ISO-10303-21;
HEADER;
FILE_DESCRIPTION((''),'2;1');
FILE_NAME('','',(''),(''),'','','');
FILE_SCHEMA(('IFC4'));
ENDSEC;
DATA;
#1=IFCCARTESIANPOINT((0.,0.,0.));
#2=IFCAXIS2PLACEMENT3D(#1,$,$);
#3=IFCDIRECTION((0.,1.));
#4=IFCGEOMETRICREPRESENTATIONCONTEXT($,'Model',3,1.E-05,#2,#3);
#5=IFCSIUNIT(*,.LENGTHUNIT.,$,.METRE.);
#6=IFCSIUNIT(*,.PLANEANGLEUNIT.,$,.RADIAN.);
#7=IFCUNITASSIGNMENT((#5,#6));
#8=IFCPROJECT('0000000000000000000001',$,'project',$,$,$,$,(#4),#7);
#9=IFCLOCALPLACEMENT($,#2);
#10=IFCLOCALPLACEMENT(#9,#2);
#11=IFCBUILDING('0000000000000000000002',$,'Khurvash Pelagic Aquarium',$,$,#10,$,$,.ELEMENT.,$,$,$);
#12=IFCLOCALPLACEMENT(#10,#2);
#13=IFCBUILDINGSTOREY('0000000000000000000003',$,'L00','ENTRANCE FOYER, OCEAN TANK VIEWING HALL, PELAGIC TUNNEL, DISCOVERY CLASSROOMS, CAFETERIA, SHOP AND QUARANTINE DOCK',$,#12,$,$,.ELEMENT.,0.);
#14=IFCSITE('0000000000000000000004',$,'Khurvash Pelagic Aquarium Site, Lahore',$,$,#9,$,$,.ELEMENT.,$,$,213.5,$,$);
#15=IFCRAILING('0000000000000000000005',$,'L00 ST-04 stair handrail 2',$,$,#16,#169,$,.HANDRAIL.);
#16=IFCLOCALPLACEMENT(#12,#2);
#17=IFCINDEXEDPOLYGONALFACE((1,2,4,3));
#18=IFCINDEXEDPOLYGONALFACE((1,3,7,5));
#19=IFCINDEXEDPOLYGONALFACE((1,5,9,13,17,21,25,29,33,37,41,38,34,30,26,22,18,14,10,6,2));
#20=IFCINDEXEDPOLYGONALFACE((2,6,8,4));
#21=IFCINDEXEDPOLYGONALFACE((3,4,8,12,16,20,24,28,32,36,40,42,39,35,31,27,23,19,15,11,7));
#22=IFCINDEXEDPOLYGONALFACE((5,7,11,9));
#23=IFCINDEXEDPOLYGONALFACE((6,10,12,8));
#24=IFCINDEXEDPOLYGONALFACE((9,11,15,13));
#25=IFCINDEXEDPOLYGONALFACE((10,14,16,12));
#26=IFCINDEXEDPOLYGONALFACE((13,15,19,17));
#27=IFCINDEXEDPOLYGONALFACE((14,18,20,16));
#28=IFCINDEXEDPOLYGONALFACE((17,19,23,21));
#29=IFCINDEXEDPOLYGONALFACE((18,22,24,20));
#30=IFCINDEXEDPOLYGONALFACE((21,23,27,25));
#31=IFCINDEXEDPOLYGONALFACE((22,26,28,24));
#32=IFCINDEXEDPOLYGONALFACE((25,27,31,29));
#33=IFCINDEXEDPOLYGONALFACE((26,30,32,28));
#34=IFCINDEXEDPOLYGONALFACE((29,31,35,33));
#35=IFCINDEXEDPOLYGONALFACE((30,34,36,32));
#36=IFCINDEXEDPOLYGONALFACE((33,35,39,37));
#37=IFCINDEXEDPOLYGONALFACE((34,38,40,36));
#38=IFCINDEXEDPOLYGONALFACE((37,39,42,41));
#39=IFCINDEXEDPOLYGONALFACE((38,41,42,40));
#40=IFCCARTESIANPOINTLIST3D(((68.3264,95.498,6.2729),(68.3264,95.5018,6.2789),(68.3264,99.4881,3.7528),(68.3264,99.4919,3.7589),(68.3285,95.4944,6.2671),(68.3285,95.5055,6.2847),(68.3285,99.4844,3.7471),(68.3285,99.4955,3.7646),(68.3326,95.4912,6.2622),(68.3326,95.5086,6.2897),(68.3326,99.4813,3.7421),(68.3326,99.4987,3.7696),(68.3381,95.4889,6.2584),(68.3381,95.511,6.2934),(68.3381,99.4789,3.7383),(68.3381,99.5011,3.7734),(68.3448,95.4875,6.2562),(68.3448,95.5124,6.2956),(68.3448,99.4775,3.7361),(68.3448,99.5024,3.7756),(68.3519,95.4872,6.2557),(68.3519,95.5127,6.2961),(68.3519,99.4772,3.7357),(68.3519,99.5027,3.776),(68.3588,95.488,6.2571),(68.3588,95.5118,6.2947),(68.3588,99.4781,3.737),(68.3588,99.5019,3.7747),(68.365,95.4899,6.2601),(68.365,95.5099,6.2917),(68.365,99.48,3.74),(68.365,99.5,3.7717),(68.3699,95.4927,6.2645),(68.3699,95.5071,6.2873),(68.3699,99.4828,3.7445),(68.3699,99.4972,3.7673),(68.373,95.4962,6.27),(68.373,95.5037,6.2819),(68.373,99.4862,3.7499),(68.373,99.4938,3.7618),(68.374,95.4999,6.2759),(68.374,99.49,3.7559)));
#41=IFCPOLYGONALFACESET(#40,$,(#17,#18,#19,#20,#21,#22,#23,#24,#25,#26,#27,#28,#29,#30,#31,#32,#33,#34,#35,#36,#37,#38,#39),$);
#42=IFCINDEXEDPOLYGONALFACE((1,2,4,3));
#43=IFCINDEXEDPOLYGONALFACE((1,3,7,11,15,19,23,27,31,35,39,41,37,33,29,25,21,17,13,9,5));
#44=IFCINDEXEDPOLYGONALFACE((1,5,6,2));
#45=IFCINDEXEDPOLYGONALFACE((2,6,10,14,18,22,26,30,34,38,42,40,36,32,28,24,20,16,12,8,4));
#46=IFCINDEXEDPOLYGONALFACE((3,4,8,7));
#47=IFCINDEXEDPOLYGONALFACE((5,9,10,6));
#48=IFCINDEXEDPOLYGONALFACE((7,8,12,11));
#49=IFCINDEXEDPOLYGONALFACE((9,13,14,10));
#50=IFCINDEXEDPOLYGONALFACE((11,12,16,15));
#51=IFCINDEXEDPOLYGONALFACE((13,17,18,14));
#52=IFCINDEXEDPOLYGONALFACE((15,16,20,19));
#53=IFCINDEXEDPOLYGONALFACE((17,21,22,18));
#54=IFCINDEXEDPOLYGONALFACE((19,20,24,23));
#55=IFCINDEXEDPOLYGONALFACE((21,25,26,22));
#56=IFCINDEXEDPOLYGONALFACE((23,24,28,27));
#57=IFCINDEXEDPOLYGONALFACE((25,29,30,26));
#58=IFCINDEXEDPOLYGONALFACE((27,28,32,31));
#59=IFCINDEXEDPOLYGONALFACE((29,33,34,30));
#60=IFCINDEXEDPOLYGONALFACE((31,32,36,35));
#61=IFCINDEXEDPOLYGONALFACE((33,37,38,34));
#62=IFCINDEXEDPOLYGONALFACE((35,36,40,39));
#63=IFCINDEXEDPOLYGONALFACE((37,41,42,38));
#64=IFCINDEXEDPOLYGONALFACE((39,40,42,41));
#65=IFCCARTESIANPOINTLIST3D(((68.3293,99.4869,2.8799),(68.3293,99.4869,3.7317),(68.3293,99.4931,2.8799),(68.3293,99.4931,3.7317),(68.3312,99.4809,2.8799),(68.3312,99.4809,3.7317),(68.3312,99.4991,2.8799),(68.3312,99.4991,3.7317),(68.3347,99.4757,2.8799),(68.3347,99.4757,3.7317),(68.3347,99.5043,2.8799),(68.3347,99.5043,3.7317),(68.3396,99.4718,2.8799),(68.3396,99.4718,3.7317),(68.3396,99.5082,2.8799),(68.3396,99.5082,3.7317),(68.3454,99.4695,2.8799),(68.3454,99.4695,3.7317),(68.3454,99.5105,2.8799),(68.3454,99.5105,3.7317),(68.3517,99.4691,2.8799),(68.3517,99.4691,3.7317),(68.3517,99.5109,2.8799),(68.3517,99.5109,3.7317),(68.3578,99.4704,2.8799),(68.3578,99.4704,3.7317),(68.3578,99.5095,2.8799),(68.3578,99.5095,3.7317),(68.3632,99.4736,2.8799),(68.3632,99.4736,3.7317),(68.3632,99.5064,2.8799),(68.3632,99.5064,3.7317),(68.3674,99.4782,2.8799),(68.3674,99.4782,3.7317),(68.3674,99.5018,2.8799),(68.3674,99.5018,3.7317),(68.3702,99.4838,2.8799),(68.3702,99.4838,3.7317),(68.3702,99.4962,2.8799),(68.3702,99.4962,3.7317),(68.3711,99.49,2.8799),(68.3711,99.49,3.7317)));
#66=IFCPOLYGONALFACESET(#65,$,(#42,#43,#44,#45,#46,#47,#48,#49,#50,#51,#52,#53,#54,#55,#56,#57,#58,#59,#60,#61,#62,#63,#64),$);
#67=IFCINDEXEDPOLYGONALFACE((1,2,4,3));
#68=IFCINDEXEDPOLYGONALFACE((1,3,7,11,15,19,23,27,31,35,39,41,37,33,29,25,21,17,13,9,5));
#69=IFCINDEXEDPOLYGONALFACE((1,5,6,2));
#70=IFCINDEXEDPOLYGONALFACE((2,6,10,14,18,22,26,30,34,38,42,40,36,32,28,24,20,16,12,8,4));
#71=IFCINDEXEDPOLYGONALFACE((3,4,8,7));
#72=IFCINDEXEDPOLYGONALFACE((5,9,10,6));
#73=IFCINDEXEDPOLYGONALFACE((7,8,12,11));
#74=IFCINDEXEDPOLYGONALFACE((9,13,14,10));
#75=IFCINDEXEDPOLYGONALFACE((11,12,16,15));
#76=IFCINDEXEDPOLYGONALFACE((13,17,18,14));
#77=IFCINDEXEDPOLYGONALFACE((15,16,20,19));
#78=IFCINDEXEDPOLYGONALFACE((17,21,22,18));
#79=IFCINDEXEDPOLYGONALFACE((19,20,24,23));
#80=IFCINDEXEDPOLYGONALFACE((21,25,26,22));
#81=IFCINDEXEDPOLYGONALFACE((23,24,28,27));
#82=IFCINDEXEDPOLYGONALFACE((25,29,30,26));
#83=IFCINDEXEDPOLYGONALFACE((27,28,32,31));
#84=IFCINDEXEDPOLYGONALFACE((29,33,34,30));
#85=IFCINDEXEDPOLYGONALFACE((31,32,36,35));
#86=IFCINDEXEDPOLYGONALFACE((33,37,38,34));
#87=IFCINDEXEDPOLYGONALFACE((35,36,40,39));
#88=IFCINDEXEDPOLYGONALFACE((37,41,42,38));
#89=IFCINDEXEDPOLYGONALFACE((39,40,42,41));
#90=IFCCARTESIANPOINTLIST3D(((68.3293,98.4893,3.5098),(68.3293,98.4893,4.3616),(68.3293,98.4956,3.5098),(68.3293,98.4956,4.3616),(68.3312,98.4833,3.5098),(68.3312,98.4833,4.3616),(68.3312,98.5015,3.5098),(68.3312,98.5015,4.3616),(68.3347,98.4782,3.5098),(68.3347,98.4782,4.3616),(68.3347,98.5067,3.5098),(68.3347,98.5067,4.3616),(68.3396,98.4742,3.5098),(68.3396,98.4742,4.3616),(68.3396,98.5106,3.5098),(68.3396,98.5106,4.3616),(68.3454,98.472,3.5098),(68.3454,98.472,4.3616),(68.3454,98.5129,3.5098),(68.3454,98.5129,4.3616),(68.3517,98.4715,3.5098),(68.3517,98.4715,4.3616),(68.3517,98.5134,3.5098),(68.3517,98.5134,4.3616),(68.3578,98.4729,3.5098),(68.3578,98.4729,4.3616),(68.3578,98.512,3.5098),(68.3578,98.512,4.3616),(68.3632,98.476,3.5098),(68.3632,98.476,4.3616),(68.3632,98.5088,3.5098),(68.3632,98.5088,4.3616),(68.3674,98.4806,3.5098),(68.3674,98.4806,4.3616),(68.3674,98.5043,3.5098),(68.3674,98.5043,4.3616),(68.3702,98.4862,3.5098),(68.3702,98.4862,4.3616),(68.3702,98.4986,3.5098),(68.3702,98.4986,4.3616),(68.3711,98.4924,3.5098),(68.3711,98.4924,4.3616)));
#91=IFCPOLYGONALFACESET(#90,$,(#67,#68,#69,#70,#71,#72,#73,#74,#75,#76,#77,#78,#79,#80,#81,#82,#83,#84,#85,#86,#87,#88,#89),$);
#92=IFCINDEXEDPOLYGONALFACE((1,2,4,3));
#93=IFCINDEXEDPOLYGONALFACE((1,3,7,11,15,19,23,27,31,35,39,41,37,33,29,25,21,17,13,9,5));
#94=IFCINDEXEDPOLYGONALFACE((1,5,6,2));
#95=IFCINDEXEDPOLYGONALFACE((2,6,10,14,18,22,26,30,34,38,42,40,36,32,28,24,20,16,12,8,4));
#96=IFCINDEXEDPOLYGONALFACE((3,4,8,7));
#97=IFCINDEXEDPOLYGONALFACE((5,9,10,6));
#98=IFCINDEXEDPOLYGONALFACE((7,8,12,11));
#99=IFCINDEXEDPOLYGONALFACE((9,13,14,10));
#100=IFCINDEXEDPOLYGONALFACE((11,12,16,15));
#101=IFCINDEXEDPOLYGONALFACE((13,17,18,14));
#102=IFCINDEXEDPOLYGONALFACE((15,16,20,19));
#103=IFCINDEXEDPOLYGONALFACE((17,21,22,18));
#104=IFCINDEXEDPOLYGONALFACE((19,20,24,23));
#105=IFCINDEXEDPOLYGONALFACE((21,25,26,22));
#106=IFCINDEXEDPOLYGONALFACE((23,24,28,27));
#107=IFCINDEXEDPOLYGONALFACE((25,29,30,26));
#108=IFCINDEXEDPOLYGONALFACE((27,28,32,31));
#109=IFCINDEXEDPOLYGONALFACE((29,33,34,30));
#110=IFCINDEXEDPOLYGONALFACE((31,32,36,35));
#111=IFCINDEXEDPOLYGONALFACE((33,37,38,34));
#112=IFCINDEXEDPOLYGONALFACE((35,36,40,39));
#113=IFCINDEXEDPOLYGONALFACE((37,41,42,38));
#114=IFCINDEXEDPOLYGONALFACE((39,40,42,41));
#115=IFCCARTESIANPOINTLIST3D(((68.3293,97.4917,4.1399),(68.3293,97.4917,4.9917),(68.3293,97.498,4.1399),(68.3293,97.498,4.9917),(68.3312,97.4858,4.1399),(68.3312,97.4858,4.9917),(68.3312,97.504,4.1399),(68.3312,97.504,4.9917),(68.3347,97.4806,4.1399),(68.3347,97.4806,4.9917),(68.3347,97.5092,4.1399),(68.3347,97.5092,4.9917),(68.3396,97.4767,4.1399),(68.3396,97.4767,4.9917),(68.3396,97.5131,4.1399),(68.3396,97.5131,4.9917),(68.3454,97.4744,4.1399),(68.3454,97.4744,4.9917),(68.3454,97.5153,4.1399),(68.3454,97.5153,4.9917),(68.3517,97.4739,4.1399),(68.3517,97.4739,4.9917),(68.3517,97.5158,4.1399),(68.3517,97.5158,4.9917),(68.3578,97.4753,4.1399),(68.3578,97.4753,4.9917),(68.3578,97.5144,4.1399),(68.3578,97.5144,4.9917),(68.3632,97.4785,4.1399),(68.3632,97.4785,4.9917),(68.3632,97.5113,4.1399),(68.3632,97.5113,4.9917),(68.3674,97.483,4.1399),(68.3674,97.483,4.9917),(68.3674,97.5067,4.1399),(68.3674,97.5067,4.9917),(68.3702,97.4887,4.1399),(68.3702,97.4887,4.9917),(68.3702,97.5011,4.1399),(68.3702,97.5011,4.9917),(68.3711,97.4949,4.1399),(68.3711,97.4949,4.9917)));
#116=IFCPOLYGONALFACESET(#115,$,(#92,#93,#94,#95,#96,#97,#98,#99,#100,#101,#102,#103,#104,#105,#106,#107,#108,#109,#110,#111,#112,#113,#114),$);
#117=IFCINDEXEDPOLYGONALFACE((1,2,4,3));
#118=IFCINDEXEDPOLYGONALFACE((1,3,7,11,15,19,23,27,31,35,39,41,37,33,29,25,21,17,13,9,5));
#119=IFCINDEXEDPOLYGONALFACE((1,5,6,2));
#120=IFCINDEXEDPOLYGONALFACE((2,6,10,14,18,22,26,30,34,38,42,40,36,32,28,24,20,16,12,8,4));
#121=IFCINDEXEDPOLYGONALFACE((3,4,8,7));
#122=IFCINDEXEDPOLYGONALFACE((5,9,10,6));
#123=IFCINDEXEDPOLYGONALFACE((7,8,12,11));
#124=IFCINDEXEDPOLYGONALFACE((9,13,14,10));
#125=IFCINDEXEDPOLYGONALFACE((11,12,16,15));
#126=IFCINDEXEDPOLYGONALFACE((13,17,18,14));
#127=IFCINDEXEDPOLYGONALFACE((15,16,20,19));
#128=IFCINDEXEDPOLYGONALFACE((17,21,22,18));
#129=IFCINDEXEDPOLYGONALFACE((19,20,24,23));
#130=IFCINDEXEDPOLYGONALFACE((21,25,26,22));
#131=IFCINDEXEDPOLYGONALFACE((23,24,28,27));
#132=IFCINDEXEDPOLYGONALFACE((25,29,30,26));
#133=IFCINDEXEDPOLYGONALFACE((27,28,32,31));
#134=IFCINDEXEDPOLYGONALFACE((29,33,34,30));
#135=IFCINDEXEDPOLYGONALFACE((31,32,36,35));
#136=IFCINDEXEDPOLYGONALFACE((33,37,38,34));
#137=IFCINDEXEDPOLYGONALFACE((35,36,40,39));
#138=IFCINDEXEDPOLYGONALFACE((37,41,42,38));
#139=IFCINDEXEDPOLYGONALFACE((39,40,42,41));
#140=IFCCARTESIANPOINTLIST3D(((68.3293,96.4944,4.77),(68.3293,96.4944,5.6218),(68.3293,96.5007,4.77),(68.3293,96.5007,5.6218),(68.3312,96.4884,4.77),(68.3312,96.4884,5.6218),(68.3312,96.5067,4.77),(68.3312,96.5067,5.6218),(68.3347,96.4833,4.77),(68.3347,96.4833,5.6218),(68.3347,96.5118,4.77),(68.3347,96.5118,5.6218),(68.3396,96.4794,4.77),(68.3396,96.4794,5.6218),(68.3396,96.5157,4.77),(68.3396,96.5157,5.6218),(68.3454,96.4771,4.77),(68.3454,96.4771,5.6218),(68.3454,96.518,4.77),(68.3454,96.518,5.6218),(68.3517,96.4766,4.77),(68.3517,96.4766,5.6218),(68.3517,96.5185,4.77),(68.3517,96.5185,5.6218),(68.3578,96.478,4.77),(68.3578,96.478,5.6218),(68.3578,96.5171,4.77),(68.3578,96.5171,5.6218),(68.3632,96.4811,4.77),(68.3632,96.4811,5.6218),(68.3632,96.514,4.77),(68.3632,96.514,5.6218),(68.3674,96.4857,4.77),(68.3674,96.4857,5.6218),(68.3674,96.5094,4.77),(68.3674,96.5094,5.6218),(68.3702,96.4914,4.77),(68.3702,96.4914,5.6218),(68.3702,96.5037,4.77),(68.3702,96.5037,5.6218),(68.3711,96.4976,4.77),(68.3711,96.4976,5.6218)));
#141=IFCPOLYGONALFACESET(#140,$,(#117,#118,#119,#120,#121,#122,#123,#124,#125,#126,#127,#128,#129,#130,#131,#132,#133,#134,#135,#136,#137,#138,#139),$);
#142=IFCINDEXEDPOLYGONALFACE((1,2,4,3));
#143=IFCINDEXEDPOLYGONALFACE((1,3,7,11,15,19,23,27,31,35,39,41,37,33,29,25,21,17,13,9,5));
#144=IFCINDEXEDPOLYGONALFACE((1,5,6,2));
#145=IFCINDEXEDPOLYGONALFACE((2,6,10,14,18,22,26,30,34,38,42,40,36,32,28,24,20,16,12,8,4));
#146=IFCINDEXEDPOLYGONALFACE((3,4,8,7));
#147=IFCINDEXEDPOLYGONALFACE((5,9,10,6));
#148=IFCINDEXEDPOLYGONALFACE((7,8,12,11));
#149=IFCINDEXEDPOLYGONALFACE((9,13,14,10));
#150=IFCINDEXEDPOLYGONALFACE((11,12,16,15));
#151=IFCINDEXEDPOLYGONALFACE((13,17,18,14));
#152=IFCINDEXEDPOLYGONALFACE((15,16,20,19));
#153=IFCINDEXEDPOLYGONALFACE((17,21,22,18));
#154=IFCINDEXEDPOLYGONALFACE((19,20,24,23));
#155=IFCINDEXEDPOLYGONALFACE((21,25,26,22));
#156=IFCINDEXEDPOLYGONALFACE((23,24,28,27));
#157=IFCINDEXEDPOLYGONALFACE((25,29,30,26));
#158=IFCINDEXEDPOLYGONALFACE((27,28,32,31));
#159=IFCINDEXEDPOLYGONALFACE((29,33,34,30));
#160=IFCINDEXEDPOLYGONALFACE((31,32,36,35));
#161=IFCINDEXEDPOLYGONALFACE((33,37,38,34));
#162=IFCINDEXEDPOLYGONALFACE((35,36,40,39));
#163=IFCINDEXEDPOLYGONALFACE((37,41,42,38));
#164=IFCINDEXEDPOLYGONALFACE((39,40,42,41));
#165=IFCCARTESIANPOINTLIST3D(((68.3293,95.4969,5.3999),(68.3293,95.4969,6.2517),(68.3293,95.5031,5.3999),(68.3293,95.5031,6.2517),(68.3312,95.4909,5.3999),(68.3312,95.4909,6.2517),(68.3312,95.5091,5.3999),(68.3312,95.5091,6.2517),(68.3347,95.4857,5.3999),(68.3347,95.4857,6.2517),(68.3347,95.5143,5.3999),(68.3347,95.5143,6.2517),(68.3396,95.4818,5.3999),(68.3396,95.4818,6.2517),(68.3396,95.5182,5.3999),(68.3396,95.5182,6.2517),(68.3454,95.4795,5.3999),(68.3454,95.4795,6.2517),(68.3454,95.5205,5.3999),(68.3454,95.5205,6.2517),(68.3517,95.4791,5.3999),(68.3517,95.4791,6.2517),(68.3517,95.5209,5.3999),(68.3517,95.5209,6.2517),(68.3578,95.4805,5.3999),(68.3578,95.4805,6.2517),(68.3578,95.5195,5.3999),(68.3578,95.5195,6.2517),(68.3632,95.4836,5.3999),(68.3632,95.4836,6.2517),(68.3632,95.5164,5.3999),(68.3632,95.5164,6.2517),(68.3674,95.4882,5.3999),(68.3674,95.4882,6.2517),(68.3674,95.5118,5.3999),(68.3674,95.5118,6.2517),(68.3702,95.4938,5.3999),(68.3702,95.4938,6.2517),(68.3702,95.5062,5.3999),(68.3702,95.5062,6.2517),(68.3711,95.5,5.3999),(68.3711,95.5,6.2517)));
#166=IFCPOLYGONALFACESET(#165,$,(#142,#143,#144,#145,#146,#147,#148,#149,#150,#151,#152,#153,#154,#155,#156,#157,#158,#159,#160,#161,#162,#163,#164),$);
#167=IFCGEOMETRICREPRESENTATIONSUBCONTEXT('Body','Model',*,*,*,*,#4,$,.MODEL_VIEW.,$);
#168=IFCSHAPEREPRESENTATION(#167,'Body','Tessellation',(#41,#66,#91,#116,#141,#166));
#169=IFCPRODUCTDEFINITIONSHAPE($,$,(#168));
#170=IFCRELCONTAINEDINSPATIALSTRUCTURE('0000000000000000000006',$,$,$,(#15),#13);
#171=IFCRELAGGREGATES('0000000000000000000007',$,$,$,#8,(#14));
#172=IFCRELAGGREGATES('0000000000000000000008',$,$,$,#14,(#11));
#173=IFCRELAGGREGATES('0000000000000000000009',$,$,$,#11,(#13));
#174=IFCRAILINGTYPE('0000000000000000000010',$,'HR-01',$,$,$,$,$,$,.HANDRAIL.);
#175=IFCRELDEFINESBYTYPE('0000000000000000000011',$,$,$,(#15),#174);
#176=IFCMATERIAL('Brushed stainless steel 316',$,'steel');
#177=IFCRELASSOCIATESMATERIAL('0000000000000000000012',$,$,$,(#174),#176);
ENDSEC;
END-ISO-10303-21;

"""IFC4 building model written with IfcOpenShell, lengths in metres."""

from ifc_helpers import new_model, si_unit, direction, frame, origin, origin_2d, place, context, subcontext, project, spatial, circle, extrude, material, type_object, element, save


model = new_model("IFC4")

# Units and contexts
model_context = context("Model", 3, precision=1e-05, world=origin(), true_north=direction((0.0, 1.0)))
body_context = subcontext(model_context, "Body", "Model", "MODEL_VIEW")
ifc_project = project(units=[si_unit("LENGTHUNIT", "METRE"), si_unit("PLANEANGLEUNIT", "RADIAN")], contexts=[model_context])

# Site, building, storey
site_placement = place(None, origin())
site = spatial("IfcSite", under=ifc_project, at=site_placement, Name="Khurvash Pelagic Aquarium Site, Lahore", CompositionType="ELEMENT", RefElevation=213.5)
building_placement = place(site_placement, origin())
building = spatial("IfcBuilding", under=site, at=building_placement, Name="Khurvash Pelagic Aquarium", CompositionType="ELEMENT")
storey_placement = place(building_placement, origin())
storey = spatial("IfcBuildingStorey", under=building, at=storey_placement, Name="L00", Description="ENTRANCE FOYER, OCEAN TANK VIEWING HALL, PELAGIC TUNNEL, DISCOVERY CLASSROOMS, CAFETERIA, SHOP AND QUARANTINE DOCK", CompositionType="ELEMENT", Elevation=0.0)

# Railing
ifc_material_1 = material(Name="Brushed stainless steel 316", Category="steel")
railing_type_1 = type_object("IfcRailingType", Name="HR-01", PredefinedType="HANDRAIL", material=ifc_material_1)
railing_1_placement = place(storey_placement, frame((68.3501, 99.49, 2.8799)))
element("IfcRailing", 1, at=railing_1_placement, inside=storey, type_object=railing_type_1, Name="L00 ST-04 stair handrail 2", PredefinedType="HANDRAIL", context=body_context, shape_type="SweptSolid", body=[
    extrude(circle(Radius=0.0239, at=origin_2d()), frame((0.0, 0.0, 0.876), z_axis=(0.0, -0.845486, 0.533997), x_axis=(1.0, 0.0, 0.0)), (0.0, 0.0, 1.0), 4.7192),
    extrude(circle(Radius=0.021, at=origin_2d()), origin(), (0.0, 0.0, 1.0), 0.8518),
    extrude(circle(Radius=0.021, at=origin_2d()), frame((0.0, -0.9976, 0.6299)), (0.0, 0.0, 1.0), 0.8518),
    extrude(circle(Radius=0.021, at=origin_2d()), frame((0.0, -1.9951, 1.26)), (0.0, 0.0, 1.0), 0.8518),
    extrude(circle(Radius=0.021, at=origin_2d()), frame((0.0, -2.9924, 1.8901)), (0.0, 0.0, 1.0), 0.8518),
    extrude(circle(Radius=0.021, at=origin_2d()), frame((0.0, -3.99, 2.52)), (0.0, 0.0, 1.0), 0.8518),
])

save(model, "model.ifc")
